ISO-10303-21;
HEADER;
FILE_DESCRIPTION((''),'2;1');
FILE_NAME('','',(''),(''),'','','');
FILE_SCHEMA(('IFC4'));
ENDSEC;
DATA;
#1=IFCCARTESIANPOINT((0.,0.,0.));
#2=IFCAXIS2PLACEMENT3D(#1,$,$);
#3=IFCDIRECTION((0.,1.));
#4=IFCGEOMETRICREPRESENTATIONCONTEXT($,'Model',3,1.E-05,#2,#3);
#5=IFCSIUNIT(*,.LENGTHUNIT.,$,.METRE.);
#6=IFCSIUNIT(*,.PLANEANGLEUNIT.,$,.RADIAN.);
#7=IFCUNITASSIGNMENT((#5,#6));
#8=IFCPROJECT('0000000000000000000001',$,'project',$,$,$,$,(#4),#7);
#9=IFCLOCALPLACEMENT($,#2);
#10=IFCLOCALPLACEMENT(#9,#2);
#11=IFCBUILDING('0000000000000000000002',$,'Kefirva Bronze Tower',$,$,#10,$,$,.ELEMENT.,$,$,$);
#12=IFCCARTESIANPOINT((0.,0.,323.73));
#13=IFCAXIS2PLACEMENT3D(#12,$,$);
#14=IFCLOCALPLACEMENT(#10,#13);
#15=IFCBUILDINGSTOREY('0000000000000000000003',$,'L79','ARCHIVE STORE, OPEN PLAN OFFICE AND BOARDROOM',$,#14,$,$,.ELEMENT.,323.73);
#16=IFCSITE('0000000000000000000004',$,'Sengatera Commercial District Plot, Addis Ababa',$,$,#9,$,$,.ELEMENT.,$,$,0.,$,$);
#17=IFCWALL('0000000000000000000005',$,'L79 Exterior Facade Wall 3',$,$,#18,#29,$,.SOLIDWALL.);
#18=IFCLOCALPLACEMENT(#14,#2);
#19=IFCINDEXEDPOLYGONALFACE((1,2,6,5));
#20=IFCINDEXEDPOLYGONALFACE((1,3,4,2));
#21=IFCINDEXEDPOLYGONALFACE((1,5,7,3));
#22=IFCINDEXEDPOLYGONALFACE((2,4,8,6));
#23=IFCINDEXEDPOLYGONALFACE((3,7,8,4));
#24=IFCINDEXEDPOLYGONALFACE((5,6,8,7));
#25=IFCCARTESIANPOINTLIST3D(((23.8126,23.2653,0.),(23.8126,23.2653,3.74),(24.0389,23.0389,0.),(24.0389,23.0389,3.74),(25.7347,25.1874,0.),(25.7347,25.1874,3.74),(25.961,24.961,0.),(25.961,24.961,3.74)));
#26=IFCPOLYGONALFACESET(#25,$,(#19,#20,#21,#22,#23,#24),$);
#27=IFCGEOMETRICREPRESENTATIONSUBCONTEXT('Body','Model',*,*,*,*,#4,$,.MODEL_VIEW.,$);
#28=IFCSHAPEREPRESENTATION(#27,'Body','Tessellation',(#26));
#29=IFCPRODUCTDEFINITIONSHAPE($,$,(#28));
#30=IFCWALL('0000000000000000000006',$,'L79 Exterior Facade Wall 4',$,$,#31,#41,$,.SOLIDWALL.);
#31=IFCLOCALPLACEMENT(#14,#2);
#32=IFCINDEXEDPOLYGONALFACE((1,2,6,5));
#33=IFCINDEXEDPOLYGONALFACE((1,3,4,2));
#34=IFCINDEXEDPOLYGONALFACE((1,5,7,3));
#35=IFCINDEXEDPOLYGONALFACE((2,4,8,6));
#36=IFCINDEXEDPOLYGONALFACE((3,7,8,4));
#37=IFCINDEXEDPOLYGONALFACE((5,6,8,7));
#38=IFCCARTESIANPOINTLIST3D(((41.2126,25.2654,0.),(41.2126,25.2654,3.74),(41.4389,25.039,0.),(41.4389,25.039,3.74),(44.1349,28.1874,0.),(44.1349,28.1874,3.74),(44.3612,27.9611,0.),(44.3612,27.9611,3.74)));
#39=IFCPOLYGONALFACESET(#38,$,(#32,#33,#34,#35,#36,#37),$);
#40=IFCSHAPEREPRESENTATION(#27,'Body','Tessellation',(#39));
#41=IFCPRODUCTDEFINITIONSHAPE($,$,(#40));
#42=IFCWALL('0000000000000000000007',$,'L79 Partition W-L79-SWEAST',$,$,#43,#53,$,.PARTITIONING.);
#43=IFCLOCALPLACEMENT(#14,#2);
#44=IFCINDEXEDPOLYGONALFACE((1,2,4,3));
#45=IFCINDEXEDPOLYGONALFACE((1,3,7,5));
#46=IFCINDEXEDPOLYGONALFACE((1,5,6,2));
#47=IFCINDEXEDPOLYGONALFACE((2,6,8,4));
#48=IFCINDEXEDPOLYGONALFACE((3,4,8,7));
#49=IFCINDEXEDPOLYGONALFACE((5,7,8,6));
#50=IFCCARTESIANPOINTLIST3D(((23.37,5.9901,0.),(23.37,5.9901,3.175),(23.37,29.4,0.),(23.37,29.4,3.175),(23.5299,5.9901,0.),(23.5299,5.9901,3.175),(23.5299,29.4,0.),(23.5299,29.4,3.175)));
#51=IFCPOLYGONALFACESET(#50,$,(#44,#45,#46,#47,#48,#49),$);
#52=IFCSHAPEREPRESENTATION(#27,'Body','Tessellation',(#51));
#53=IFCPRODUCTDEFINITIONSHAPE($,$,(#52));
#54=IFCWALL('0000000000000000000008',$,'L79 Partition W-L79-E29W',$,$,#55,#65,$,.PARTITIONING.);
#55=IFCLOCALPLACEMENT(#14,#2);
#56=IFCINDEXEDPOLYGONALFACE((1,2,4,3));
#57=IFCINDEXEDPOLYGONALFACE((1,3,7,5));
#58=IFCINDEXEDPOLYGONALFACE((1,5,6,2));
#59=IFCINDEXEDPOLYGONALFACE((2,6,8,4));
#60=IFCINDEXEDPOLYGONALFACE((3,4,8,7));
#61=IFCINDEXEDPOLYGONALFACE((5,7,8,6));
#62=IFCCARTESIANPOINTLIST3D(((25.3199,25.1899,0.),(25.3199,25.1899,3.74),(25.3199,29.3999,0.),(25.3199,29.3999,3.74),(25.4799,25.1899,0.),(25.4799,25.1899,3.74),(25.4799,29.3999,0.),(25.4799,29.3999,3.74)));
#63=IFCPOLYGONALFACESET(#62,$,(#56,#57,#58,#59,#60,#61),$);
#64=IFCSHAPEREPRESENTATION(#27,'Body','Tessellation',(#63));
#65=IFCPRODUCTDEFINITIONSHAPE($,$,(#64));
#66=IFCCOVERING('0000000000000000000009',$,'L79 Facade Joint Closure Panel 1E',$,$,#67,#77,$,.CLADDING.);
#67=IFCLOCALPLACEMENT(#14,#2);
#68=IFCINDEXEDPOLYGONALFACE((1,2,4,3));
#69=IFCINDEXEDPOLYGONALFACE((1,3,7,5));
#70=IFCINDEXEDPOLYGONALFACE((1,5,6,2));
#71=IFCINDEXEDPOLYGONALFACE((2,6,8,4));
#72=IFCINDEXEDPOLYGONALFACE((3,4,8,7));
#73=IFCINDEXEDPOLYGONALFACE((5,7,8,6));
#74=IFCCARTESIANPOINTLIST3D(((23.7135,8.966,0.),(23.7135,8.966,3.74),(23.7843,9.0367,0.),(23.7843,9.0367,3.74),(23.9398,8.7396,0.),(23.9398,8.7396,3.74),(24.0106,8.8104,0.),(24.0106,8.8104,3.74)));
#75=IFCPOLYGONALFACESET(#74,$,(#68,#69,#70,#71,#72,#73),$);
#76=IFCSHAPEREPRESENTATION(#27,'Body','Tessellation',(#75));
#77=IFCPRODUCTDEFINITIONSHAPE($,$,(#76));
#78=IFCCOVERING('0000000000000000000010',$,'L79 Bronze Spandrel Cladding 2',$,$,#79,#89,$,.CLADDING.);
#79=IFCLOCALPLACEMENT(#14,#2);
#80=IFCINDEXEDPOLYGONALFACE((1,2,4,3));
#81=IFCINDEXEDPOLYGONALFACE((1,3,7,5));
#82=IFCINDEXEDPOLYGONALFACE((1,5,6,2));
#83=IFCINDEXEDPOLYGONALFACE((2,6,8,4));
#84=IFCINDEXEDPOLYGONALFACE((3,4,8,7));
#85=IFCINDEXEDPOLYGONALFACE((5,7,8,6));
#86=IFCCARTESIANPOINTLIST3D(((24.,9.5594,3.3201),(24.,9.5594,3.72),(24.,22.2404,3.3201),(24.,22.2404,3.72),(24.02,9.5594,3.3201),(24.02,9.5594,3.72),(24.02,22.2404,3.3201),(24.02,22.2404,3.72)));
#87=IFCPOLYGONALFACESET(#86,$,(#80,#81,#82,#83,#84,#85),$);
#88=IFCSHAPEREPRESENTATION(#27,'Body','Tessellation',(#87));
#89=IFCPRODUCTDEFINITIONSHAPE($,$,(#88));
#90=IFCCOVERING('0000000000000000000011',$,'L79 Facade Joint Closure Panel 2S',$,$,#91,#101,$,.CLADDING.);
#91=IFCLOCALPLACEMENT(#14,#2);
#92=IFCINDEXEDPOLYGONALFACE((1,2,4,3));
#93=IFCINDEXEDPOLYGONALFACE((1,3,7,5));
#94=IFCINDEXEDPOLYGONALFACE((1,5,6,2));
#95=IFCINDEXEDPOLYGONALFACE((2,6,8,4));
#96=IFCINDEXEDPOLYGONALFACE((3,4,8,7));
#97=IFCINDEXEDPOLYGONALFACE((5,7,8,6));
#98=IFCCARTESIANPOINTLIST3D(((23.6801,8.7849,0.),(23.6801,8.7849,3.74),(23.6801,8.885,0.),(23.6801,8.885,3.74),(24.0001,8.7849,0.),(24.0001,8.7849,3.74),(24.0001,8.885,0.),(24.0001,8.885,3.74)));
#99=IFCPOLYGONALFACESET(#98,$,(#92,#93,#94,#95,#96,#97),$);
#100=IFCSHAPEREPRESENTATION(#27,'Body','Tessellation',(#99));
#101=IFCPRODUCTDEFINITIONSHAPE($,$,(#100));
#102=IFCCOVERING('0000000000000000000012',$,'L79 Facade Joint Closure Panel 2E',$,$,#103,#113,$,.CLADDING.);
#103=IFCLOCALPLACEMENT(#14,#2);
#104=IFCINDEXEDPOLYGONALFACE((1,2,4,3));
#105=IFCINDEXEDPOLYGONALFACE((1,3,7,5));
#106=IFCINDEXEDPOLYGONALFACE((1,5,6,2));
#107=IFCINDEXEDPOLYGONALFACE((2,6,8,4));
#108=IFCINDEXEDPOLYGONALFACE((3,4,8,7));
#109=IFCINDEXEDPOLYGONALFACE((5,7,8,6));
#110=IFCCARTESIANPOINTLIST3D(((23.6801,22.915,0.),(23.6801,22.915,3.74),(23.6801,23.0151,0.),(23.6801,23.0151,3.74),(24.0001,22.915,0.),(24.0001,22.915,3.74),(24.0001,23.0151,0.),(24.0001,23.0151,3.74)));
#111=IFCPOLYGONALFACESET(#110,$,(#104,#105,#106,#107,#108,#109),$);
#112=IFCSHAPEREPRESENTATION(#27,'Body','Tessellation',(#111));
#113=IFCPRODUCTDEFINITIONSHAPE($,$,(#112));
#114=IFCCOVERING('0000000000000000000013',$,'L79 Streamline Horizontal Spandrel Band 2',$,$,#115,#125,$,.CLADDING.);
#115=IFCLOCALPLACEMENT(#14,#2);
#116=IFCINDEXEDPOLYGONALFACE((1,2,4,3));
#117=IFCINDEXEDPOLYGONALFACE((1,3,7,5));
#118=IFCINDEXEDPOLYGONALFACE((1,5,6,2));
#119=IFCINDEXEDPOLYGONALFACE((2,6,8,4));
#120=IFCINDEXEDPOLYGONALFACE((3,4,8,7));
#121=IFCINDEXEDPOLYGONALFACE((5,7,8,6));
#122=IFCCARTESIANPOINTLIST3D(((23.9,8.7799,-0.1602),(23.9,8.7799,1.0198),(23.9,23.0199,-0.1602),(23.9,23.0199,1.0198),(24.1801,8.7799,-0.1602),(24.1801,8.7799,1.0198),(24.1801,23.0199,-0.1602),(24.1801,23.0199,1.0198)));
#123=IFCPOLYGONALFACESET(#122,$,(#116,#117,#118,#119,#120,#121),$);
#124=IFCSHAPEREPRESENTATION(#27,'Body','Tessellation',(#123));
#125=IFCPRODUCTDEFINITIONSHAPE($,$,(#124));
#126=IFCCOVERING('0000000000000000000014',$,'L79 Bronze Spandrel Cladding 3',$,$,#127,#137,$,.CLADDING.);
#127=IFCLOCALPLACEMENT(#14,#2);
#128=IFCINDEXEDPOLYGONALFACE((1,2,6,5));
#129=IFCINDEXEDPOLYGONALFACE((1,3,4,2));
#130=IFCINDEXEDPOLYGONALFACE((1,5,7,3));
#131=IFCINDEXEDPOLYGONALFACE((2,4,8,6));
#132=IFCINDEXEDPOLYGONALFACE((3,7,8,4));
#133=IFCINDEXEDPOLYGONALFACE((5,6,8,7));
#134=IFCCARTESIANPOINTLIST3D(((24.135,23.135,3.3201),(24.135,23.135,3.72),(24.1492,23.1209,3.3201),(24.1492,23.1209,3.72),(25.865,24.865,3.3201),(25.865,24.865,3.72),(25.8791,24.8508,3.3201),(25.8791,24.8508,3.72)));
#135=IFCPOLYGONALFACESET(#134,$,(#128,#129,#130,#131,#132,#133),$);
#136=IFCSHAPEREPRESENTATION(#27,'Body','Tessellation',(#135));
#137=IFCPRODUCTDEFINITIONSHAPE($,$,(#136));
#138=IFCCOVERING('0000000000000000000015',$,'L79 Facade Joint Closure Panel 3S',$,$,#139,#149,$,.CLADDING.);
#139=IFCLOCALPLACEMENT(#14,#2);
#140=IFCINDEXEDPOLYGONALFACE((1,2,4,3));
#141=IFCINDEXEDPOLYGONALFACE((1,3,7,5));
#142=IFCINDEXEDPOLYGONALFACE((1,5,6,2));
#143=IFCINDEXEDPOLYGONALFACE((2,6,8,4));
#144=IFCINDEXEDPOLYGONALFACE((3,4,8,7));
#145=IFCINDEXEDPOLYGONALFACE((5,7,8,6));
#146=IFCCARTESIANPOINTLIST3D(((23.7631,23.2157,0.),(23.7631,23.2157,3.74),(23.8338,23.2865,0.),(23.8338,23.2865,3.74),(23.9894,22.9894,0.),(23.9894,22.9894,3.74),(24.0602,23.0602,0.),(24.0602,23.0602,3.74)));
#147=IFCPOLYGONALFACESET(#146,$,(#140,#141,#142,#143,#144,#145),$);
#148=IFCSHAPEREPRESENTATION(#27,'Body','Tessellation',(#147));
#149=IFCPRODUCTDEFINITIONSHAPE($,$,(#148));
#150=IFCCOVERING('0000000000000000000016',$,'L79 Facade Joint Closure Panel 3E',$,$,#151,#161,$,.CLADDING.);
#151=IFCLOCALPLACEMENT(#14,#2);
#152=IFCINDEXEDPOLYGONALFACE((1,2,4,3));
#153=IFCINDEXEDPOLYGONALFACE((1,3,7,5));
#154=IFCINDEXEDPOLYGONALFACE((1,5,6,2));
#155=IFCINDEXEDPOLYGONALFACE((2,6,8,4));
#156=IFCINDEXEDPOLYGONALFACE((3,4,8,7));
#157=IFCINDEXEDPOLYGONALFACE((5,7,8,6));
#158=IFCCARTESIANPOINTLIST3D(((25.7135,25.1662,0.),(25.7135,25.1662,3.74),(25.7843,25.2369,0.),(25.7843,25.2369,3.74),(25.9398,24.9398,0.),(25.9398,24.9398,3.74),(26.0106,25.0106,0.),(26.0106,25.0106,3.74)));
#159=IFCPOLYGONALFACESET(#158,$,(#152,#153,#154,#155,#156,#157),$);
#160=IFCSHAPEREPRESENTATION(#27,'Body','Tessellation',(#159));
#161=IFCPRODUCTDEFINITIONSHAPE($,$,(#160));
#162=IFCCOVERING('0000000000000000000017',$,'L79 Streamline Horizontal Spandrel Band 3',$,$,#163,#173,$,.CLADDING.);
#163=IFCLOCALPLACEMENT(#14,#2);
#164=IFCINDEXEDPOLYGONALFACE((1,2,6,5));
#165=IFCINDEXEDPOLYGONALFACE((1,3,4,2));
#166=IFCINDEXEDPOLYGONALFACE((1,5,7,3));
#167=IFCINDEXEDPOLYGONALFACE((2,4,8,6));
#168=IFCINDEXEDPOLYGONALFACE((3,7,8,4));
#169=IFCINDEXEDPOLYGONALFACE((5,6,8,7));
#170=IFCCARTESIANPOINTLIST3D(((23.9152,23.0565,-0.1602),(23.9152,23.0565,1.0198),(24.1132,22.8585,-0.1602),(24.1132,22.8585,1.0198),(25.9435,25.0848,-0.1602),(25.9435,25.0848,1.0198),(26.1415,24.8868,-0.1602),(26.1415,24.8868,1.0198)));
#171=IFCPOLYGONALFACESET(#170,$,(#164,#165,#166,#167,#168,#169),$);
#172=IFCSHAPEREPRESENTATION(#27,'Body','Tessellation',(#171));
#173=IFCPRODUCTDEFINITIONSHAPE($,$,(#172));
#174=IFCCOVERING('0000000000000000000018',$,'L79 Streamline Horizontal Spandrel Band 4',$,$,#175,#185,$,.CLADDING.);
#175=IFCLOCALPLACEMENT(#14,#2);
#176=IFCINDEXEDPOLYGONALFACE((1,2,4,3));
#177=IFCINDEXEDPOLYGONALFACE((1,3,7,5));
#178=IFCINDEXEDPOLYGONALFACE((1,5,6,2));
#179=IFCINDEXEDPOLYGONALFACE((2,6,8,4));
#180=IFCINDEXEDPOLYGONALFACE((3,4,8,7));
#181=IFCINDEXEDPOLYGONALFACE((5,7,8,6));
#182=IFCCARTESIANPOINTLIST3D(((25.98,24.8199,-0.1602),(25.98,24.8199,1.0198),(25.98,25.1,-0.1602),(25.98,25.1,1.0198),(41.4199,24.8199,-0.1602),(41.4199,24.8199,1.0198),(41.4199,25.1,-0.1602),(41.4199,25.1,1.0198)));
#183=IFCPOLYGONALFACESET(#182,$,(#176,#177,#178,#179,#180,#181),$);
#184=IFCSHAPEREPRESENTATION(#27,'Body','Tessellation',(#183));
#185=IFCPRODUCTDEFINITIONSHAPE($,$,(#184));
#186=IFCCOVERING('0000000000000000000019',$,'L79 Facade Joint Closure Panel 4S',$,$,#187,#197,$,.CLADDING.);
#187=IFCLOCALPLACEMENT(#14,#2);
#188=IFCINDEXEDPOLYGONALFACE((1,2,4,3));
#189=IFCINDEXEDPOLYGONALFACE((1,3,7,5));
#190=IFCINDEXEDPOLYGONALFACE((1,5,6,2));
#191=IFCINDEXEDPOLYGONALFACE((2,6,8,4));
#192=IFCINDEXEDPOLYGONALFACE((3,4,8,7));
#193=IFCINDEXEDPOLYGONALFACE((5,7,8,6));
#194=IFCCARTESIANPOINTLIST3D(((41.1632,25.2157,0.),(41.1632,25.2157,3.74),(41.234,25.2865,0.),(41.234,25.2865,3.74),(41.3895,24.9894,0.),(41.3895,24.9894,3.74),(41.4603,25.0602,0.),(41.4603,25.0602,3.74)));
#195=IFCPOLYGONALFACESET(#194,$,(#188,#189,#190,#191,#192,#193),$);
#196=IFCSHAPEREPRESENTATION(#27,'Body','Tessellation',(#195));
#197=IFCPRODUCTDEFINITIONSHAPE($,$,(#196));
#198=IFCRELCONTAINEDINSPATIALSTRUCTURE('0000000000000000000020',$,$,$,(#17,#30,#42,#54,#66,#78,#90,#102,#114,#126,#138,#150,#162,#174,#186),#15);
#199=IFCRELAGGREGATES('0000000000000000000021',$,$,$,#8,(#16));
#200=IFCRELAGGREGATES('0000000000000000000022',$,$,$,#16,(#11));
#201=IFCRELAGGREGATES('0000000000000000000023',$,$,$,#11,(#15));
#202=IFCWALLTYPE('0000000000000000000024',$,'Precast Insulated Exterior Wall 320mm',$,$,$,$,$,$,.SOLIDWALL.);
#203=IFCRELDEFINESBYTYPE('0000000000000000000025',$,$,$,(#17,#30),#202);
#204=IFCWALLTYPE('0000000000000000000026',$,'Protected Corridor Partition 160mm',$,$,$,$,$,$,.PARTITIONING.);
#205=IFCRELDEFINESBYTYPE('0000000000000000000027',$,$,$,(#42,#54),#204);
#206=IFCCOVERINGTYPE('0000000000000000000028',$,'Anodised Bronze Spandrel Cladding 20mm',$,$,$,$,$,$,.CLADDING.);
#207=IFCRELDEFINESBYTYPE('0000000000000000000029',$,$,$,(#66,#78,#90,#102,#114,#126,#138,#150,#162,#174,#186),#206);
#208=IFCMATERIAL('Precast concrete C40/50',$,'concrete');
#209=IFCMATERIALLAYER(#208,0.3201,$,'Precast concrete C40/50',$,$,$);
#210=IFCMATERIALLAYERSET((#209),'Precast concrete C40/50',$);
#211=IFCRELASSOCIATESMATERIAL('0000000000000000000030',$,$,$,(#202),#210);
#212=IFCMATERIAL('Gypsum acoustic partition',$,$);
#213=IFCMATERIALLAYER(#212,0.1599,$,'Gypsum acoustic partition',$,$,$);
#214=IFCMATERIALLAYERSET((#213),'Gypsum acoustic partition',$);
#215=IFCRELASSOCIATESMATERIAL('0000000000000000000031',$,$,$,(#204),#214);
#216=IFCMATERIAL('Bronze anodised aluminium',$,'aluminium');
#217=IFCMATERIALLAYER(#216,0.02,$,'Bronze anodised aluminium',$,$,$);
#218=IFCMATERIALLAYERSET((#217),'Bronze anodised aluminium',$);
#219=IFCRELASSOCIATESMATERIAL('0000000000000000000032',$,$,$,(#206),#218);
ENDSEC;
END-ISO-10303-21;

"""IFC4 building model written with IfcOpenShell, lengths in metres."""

from ifc_helpers import new_model, si_unit, direction, frame, frame_2d, origin, origin_2d, place, context, subcontext, project, spatial, rectangle, extrude, material, layer, layer_set, type_object, element, save


model = new_model("IFC4")

# Units and contexts
model_context = context("Model", 3, precision=1e-05, world=origin(), true_north=direction((0.0, 1.0)))
body_context = subcontext(model_context, "Body", "Model", "MODEL_VIEW")
ifc_project = project(units=[si_unit("LENGTHUNIT", "METRE"), si_unit("PLANEANGLEUNIT", "RADIAN")], contexts=[model_context])

# Site, building, storey
site_placement = place(None, origin())
site = spatial("IfcSite", under=ifc_project, at=site_placement, Name="Sengatera Commercial District Plot, Addis Ababa", CompositionType="ELEMENT", RefElevation=0.0)
building_placement = place(site_placement, origin())
building = spatial("IfcBuilding", under=site, at=building_placement, Name="Kefirva Bronze Tower", CompositionType="ELEMENT")
storey_placement = place(building_placement, frame((0.0, 0.0, 323.73)))
storey = spatial("IfcBuildingStorey", under=building, at=storey_placement, Name="L79", Description="ARCHIVE STORE, OPEN PLAN OFFICE AND BOARDROOM", CompositionType="ELEMENT", Elevation=323.73)

# Shared definitions
ifc_material_1 = material(Name="Bronze anodised aluminium", Category="aluminium")

# Walls
ifc_material_2 = material(Name="Precast concrete C40/50", Category="concrete")
ifc_layer_1 = layer(ifc_material_2, 0.3201, Name="Precast concrete C40/50")
ifc_layer_set_1 = layer_set([ifc_layer_1], Name="Precast concrete C40/50")
wall_type_1 = type_object("IfcWallType", Name="Precast Insulated Exterior Wall 320mm", PredefinedType="SOLIDWALL", material=ifc_layer_set_1)
wall_1_placement = place(storey_placement, frame((23.9258, 23.1521, 0.0), z_axis=(0.0, 0.0, 1.0), x_axis=(0.707107, 0.707107, 0.0)))
element("IfcWall", 1, at=wall_1_placement, inside=storey, type_object=wall_type_1, Name="L79 Exterior Facade Wall 3", PredefinedType="SOLIDWALL", context=body_context, shape_type="SweptSolid", body=[
    extrude(rectangle(XDim=2.7183, YDim=0.3201, at=frame_2d((1.3591, 0.0))), origin(), (0.0, 0.0, 1.0), 3.74),
])
wall_2_placement = place(storey_placement, frame((41.3257, 25.1521, 0.0), z_axis=(0.0, 0.0, 1.0), x_axis=(0.707136, 0.707077, 0.0)))
element("IfcWall", 2, at=wall_2_placement, inside=storey, type_object=wall_type_1, Name="L79 Exterior Facade Wall 4", PredefinedType="SOLIDWALL", context=body_context, shape_type="SweptSolid", body=[
    extrude(rectangle(XDim=4.1326, YDim=0.3201, at=frame_2d((2.0664, 0.0))), origin(), (0.0, 0.0, 1.0), 3.74),
])
ifc_material_3 = material(Name="Gypsum acoustic partition")
ifc_layer_2 = layer(ifc_material_3, 0.1599, Name="Gypsum acoustic partition")
ifc_layer_set_2 = layer_set([ifc_layer_2], Name="Gypsum acoustic partition")
wall_type_2 = type_object("IfcWallType", Name="Protected Corridor Partition 160mm", PredefinedType="PARTITIONING", material=ifc_layer_set_2)
wall_3_placement = place(storey_placement, frame((23.45, 5.99, 0.0), z_axis=(0.0, 0.0, 1.0), x_axis=(0.0, 1.0, 0.0)))
element("IfcWall", 3, at=wall_3_placement, inside=storey, type_object=wall_type_2, Name="L79 Partition W-L79-SWEAST", PredefinedType="PARTITIONING", context=body_context, shape_type="SweptSolid", body=[
    extrude(rectangle(XDim=23.4099, YDim=0.1599, at=frame_2d((11.7051, 0.0))), origin(), (0.0, 0.0, 1.0), 3.175),
])
wall_4_placement = place(storey_placement, frame((25.3999, 25.1899, 0.0), z_axis=(0.0, 0.0, 1.0), x_axis=(0.0, 1.0, 0.0)))
element("IfcWall", 4, at=wall_4_placement, inside=storey, type_object=wall_type_2, Name="L79 Partition W-L79-E29W", PredefinedType="PARTITIONING", context=body_context, shape_type="SweptSolid", body=[
    extrude(rectangle(XDim=4.21, YDim=0.1599, at=frame_2d((2.105, 0.0))), origin(), (0.0, 0.0, 1.0), 3.74),
])

# Coverings
ifc_layer_3 = layer(ifc_material_1, 0.02, Name="Bronze anodised aluminium")
ifc_layer_set_3 = layer_set([ifc_layer_3], Name="Bronze anodised aluminium")
covering_type_1 = type_object("IfcCoveringType", Name="Anodised Bronze Spandrel Cladding 20mm", PredefinedType="CLADDING", material=ifc_layer_set_3)
covering_1_placement = place(storey_placement, frame((23.8621, 8.8882, 0.0), z_axis=(0.0, 0.0, 1.0), x_axis=(0.707107, 0.707107, 0.0)))
element("IfcCovering", 5, at=covering_1_placement, inside=storey, type_object=covering_type_1, Name="L79 Facade Joint Closure Panel 1E", PredefinedType="CLADDING", context=body_context, shape_type="SweptSolid", body=[
    extrude(rectangle(XDim=0.1001, YDim=0.3201, at=origin_2d()), origin(), (0.0, 0.0, 1.0), 3.74),
])
covering_2_placement = place(storey_placement, frame((24.01, 15.8999, 3.3201), z_axis=(0.0, 0.0, 1.0), x_axis=(0.0, 1.0, 0.0)))
element("IfcCovering", 6, at=covering_2_placement, inside=storey, type_object=covering_type_1, Name="L79 Bronze Spandrel Cladding 2", PredefinedType="CLADDING", context=body_context, shape_type="SweptSolid", body=[
    extrude(rectangle(XDim=12.6809, YDim=0.02, at=origin_2d()), origin(), (0.0, 0.0, 1.0), 0.3999),
])
for number, where, z_axis, x_axis, name in (
    (7, (23.8401, 8.835, 0.0), (0.0, 0.0, 1.0), (0.0, 1.0, 0.0), "L79 Facade Joint Closure Panel 2S"),
    (8, (23.8401, 22.9651, 0.0), (0.0, 0.0, 1.0), (0.0, 1.0, 0.0), "L79 Facade Joint Closure Panel 2E"),
):
    element("IfcCovering", number, at=place(storey_placement, frame(where, z_axis=z_axis, x_axis=x_axis)), inside=storey, type_object=covering_type_1, Name=name, PredefinedType="CLADDING", context=body_context, shape_type="SweptSolid", body=[
        extrude(rectangle(XDim=0.1001, YDim=0.3201, at=origin_2d()), origin(), (0.0, 0.0, 1.0), 3.74),
    ])
covering_3_placement = place(storey_placement, frame((24.04, 15.8999, -0.1602), z_axis=(0.0, 0.0, 1.0), x_axis=(0.0, 1.0, 0.0)))
element("IfcCovering", 9, at=covering_3_placement, inside=storey, type_object=covering_type_1, Name="L79 Streamline Horizontal Spandrel Band 2", PredefinedType="CLADDING", context=body_context, shape_type="SweptSolid", body=[
    extrude(rectangle(XDim=14.24, YDim=0.28, at=origin_2d()), origin(), (0.0, 0.0, 1.0), 1.1799),
])
covering_4_placement = place(storey_placement, frame((25.0071, 23.9929, 3.3201), z_axis=(0.0, 0.0, 1.0), x_axis=(0.707107, 0.707107, 0.0)))
element("IfcCovering", 10, at=covering_4_placement, inside=storey, type_object=covering_type_1, Name="L79 Bronze Spandrel Cladding 3", PredefinedType="CLADDING", context=body_context, shape_type="SweptSolid", body=[
    extrude(rectangle(XDim=2.4465, YDim=0.02, at=origin_2d()), origin(), (0.0, 0.0, 1.0), 0.3999),
])
for number, where, z_axis, x_axis, name in (
    (11, (23.9116, 23.1379, 0.0), (0.0, 0.0, 1.0), (0.707107, 0.707107, 0.0), "L79 Facade Joint Closure Panel 3S"),
    (12, (25.8621, 25.0884, 0.0), (0.0, 0.0, 1.0), (0.707107, 0.707107, 0.0), "L79 Facade Joint Closure Panel 3E"),
):
    element("IfcCovering", number, at=place(storey_placement, frame(where, z_axis=z_axis, x_axis=x_axis)), inside=storey, type_object=covering_type_1, Name=name, PredefinedType="CLADDING", context=body_context, shape_type="SweptSolid", body=[
        extrude(rectangle(XDim=0.1001, YDim=0.3201, at=origin_2d()), origin(), (0.0, 0.0, 1.0), 3.74),
    ])
covering_5_placement = place(storey_placement, frame((25.0283, 23.9717, -0.1602), z_axis=(0.0, 0.0, 1.0), x_axis=(0.707107, 0.707107, 0.0)))
element("IfcCovering", 13, at=covering_5_placement, inside=storey, type_object=covering_type_1, Name="L79 Streamline Horizontal Spandrel Band 3", PredefinedType="CLADDING", context=body_context, shape_type="SweptSolid", body=[
    extrude(rectangle(XDim=2.8684, YDim=0.28, at=origin_2d()), origin(), (0.0, 0.0, 1.0), 1.1799),
])
covering_6_placement = place(storey_placement, frame((33.7, 24.96, -0.1602), z_axis=(0.0, 0.0, 1.0), x_axis=(1.0, 0.0, 0.0)))
element("IfcCovering", 14, at=covering_6_placement, inside=storey, type_object=covering_type_1, Name="L79 Streamline Horizontal Spandrel Band 4", PredefinedType="CLADDING", context=body_context, shape_type="SweptSolid", body=[
    extrude(rectangle(XDim=15.4399, YDim=0.28, at=origin_2d()), origin(), (0.0, 0.0, 1.0), 1.1799),
])
covering_7_placement = place(storey_placement, frame((41.3118, 25.1379, 0.0), z_axis=(0.0, 0.0, 1.0), x_axis=(0.707107, 0.707107, 0.0)))
element("IfcCovering", 15, at=covering_7_placement, inside=storey, type_object=covering_type_1, Name="L79 Facade Joint Closure Panel 4S", PredefinedType="CLADDING", context=body_context, shape_type="SweptSolid", body=[
    extrude(rectangle(XDim=0.1001, YDim=0.3201, at=origin_2d()), origin(), (0.0, 0.0, 1.0), 3.74),
])

save(model, "model.ifc")
